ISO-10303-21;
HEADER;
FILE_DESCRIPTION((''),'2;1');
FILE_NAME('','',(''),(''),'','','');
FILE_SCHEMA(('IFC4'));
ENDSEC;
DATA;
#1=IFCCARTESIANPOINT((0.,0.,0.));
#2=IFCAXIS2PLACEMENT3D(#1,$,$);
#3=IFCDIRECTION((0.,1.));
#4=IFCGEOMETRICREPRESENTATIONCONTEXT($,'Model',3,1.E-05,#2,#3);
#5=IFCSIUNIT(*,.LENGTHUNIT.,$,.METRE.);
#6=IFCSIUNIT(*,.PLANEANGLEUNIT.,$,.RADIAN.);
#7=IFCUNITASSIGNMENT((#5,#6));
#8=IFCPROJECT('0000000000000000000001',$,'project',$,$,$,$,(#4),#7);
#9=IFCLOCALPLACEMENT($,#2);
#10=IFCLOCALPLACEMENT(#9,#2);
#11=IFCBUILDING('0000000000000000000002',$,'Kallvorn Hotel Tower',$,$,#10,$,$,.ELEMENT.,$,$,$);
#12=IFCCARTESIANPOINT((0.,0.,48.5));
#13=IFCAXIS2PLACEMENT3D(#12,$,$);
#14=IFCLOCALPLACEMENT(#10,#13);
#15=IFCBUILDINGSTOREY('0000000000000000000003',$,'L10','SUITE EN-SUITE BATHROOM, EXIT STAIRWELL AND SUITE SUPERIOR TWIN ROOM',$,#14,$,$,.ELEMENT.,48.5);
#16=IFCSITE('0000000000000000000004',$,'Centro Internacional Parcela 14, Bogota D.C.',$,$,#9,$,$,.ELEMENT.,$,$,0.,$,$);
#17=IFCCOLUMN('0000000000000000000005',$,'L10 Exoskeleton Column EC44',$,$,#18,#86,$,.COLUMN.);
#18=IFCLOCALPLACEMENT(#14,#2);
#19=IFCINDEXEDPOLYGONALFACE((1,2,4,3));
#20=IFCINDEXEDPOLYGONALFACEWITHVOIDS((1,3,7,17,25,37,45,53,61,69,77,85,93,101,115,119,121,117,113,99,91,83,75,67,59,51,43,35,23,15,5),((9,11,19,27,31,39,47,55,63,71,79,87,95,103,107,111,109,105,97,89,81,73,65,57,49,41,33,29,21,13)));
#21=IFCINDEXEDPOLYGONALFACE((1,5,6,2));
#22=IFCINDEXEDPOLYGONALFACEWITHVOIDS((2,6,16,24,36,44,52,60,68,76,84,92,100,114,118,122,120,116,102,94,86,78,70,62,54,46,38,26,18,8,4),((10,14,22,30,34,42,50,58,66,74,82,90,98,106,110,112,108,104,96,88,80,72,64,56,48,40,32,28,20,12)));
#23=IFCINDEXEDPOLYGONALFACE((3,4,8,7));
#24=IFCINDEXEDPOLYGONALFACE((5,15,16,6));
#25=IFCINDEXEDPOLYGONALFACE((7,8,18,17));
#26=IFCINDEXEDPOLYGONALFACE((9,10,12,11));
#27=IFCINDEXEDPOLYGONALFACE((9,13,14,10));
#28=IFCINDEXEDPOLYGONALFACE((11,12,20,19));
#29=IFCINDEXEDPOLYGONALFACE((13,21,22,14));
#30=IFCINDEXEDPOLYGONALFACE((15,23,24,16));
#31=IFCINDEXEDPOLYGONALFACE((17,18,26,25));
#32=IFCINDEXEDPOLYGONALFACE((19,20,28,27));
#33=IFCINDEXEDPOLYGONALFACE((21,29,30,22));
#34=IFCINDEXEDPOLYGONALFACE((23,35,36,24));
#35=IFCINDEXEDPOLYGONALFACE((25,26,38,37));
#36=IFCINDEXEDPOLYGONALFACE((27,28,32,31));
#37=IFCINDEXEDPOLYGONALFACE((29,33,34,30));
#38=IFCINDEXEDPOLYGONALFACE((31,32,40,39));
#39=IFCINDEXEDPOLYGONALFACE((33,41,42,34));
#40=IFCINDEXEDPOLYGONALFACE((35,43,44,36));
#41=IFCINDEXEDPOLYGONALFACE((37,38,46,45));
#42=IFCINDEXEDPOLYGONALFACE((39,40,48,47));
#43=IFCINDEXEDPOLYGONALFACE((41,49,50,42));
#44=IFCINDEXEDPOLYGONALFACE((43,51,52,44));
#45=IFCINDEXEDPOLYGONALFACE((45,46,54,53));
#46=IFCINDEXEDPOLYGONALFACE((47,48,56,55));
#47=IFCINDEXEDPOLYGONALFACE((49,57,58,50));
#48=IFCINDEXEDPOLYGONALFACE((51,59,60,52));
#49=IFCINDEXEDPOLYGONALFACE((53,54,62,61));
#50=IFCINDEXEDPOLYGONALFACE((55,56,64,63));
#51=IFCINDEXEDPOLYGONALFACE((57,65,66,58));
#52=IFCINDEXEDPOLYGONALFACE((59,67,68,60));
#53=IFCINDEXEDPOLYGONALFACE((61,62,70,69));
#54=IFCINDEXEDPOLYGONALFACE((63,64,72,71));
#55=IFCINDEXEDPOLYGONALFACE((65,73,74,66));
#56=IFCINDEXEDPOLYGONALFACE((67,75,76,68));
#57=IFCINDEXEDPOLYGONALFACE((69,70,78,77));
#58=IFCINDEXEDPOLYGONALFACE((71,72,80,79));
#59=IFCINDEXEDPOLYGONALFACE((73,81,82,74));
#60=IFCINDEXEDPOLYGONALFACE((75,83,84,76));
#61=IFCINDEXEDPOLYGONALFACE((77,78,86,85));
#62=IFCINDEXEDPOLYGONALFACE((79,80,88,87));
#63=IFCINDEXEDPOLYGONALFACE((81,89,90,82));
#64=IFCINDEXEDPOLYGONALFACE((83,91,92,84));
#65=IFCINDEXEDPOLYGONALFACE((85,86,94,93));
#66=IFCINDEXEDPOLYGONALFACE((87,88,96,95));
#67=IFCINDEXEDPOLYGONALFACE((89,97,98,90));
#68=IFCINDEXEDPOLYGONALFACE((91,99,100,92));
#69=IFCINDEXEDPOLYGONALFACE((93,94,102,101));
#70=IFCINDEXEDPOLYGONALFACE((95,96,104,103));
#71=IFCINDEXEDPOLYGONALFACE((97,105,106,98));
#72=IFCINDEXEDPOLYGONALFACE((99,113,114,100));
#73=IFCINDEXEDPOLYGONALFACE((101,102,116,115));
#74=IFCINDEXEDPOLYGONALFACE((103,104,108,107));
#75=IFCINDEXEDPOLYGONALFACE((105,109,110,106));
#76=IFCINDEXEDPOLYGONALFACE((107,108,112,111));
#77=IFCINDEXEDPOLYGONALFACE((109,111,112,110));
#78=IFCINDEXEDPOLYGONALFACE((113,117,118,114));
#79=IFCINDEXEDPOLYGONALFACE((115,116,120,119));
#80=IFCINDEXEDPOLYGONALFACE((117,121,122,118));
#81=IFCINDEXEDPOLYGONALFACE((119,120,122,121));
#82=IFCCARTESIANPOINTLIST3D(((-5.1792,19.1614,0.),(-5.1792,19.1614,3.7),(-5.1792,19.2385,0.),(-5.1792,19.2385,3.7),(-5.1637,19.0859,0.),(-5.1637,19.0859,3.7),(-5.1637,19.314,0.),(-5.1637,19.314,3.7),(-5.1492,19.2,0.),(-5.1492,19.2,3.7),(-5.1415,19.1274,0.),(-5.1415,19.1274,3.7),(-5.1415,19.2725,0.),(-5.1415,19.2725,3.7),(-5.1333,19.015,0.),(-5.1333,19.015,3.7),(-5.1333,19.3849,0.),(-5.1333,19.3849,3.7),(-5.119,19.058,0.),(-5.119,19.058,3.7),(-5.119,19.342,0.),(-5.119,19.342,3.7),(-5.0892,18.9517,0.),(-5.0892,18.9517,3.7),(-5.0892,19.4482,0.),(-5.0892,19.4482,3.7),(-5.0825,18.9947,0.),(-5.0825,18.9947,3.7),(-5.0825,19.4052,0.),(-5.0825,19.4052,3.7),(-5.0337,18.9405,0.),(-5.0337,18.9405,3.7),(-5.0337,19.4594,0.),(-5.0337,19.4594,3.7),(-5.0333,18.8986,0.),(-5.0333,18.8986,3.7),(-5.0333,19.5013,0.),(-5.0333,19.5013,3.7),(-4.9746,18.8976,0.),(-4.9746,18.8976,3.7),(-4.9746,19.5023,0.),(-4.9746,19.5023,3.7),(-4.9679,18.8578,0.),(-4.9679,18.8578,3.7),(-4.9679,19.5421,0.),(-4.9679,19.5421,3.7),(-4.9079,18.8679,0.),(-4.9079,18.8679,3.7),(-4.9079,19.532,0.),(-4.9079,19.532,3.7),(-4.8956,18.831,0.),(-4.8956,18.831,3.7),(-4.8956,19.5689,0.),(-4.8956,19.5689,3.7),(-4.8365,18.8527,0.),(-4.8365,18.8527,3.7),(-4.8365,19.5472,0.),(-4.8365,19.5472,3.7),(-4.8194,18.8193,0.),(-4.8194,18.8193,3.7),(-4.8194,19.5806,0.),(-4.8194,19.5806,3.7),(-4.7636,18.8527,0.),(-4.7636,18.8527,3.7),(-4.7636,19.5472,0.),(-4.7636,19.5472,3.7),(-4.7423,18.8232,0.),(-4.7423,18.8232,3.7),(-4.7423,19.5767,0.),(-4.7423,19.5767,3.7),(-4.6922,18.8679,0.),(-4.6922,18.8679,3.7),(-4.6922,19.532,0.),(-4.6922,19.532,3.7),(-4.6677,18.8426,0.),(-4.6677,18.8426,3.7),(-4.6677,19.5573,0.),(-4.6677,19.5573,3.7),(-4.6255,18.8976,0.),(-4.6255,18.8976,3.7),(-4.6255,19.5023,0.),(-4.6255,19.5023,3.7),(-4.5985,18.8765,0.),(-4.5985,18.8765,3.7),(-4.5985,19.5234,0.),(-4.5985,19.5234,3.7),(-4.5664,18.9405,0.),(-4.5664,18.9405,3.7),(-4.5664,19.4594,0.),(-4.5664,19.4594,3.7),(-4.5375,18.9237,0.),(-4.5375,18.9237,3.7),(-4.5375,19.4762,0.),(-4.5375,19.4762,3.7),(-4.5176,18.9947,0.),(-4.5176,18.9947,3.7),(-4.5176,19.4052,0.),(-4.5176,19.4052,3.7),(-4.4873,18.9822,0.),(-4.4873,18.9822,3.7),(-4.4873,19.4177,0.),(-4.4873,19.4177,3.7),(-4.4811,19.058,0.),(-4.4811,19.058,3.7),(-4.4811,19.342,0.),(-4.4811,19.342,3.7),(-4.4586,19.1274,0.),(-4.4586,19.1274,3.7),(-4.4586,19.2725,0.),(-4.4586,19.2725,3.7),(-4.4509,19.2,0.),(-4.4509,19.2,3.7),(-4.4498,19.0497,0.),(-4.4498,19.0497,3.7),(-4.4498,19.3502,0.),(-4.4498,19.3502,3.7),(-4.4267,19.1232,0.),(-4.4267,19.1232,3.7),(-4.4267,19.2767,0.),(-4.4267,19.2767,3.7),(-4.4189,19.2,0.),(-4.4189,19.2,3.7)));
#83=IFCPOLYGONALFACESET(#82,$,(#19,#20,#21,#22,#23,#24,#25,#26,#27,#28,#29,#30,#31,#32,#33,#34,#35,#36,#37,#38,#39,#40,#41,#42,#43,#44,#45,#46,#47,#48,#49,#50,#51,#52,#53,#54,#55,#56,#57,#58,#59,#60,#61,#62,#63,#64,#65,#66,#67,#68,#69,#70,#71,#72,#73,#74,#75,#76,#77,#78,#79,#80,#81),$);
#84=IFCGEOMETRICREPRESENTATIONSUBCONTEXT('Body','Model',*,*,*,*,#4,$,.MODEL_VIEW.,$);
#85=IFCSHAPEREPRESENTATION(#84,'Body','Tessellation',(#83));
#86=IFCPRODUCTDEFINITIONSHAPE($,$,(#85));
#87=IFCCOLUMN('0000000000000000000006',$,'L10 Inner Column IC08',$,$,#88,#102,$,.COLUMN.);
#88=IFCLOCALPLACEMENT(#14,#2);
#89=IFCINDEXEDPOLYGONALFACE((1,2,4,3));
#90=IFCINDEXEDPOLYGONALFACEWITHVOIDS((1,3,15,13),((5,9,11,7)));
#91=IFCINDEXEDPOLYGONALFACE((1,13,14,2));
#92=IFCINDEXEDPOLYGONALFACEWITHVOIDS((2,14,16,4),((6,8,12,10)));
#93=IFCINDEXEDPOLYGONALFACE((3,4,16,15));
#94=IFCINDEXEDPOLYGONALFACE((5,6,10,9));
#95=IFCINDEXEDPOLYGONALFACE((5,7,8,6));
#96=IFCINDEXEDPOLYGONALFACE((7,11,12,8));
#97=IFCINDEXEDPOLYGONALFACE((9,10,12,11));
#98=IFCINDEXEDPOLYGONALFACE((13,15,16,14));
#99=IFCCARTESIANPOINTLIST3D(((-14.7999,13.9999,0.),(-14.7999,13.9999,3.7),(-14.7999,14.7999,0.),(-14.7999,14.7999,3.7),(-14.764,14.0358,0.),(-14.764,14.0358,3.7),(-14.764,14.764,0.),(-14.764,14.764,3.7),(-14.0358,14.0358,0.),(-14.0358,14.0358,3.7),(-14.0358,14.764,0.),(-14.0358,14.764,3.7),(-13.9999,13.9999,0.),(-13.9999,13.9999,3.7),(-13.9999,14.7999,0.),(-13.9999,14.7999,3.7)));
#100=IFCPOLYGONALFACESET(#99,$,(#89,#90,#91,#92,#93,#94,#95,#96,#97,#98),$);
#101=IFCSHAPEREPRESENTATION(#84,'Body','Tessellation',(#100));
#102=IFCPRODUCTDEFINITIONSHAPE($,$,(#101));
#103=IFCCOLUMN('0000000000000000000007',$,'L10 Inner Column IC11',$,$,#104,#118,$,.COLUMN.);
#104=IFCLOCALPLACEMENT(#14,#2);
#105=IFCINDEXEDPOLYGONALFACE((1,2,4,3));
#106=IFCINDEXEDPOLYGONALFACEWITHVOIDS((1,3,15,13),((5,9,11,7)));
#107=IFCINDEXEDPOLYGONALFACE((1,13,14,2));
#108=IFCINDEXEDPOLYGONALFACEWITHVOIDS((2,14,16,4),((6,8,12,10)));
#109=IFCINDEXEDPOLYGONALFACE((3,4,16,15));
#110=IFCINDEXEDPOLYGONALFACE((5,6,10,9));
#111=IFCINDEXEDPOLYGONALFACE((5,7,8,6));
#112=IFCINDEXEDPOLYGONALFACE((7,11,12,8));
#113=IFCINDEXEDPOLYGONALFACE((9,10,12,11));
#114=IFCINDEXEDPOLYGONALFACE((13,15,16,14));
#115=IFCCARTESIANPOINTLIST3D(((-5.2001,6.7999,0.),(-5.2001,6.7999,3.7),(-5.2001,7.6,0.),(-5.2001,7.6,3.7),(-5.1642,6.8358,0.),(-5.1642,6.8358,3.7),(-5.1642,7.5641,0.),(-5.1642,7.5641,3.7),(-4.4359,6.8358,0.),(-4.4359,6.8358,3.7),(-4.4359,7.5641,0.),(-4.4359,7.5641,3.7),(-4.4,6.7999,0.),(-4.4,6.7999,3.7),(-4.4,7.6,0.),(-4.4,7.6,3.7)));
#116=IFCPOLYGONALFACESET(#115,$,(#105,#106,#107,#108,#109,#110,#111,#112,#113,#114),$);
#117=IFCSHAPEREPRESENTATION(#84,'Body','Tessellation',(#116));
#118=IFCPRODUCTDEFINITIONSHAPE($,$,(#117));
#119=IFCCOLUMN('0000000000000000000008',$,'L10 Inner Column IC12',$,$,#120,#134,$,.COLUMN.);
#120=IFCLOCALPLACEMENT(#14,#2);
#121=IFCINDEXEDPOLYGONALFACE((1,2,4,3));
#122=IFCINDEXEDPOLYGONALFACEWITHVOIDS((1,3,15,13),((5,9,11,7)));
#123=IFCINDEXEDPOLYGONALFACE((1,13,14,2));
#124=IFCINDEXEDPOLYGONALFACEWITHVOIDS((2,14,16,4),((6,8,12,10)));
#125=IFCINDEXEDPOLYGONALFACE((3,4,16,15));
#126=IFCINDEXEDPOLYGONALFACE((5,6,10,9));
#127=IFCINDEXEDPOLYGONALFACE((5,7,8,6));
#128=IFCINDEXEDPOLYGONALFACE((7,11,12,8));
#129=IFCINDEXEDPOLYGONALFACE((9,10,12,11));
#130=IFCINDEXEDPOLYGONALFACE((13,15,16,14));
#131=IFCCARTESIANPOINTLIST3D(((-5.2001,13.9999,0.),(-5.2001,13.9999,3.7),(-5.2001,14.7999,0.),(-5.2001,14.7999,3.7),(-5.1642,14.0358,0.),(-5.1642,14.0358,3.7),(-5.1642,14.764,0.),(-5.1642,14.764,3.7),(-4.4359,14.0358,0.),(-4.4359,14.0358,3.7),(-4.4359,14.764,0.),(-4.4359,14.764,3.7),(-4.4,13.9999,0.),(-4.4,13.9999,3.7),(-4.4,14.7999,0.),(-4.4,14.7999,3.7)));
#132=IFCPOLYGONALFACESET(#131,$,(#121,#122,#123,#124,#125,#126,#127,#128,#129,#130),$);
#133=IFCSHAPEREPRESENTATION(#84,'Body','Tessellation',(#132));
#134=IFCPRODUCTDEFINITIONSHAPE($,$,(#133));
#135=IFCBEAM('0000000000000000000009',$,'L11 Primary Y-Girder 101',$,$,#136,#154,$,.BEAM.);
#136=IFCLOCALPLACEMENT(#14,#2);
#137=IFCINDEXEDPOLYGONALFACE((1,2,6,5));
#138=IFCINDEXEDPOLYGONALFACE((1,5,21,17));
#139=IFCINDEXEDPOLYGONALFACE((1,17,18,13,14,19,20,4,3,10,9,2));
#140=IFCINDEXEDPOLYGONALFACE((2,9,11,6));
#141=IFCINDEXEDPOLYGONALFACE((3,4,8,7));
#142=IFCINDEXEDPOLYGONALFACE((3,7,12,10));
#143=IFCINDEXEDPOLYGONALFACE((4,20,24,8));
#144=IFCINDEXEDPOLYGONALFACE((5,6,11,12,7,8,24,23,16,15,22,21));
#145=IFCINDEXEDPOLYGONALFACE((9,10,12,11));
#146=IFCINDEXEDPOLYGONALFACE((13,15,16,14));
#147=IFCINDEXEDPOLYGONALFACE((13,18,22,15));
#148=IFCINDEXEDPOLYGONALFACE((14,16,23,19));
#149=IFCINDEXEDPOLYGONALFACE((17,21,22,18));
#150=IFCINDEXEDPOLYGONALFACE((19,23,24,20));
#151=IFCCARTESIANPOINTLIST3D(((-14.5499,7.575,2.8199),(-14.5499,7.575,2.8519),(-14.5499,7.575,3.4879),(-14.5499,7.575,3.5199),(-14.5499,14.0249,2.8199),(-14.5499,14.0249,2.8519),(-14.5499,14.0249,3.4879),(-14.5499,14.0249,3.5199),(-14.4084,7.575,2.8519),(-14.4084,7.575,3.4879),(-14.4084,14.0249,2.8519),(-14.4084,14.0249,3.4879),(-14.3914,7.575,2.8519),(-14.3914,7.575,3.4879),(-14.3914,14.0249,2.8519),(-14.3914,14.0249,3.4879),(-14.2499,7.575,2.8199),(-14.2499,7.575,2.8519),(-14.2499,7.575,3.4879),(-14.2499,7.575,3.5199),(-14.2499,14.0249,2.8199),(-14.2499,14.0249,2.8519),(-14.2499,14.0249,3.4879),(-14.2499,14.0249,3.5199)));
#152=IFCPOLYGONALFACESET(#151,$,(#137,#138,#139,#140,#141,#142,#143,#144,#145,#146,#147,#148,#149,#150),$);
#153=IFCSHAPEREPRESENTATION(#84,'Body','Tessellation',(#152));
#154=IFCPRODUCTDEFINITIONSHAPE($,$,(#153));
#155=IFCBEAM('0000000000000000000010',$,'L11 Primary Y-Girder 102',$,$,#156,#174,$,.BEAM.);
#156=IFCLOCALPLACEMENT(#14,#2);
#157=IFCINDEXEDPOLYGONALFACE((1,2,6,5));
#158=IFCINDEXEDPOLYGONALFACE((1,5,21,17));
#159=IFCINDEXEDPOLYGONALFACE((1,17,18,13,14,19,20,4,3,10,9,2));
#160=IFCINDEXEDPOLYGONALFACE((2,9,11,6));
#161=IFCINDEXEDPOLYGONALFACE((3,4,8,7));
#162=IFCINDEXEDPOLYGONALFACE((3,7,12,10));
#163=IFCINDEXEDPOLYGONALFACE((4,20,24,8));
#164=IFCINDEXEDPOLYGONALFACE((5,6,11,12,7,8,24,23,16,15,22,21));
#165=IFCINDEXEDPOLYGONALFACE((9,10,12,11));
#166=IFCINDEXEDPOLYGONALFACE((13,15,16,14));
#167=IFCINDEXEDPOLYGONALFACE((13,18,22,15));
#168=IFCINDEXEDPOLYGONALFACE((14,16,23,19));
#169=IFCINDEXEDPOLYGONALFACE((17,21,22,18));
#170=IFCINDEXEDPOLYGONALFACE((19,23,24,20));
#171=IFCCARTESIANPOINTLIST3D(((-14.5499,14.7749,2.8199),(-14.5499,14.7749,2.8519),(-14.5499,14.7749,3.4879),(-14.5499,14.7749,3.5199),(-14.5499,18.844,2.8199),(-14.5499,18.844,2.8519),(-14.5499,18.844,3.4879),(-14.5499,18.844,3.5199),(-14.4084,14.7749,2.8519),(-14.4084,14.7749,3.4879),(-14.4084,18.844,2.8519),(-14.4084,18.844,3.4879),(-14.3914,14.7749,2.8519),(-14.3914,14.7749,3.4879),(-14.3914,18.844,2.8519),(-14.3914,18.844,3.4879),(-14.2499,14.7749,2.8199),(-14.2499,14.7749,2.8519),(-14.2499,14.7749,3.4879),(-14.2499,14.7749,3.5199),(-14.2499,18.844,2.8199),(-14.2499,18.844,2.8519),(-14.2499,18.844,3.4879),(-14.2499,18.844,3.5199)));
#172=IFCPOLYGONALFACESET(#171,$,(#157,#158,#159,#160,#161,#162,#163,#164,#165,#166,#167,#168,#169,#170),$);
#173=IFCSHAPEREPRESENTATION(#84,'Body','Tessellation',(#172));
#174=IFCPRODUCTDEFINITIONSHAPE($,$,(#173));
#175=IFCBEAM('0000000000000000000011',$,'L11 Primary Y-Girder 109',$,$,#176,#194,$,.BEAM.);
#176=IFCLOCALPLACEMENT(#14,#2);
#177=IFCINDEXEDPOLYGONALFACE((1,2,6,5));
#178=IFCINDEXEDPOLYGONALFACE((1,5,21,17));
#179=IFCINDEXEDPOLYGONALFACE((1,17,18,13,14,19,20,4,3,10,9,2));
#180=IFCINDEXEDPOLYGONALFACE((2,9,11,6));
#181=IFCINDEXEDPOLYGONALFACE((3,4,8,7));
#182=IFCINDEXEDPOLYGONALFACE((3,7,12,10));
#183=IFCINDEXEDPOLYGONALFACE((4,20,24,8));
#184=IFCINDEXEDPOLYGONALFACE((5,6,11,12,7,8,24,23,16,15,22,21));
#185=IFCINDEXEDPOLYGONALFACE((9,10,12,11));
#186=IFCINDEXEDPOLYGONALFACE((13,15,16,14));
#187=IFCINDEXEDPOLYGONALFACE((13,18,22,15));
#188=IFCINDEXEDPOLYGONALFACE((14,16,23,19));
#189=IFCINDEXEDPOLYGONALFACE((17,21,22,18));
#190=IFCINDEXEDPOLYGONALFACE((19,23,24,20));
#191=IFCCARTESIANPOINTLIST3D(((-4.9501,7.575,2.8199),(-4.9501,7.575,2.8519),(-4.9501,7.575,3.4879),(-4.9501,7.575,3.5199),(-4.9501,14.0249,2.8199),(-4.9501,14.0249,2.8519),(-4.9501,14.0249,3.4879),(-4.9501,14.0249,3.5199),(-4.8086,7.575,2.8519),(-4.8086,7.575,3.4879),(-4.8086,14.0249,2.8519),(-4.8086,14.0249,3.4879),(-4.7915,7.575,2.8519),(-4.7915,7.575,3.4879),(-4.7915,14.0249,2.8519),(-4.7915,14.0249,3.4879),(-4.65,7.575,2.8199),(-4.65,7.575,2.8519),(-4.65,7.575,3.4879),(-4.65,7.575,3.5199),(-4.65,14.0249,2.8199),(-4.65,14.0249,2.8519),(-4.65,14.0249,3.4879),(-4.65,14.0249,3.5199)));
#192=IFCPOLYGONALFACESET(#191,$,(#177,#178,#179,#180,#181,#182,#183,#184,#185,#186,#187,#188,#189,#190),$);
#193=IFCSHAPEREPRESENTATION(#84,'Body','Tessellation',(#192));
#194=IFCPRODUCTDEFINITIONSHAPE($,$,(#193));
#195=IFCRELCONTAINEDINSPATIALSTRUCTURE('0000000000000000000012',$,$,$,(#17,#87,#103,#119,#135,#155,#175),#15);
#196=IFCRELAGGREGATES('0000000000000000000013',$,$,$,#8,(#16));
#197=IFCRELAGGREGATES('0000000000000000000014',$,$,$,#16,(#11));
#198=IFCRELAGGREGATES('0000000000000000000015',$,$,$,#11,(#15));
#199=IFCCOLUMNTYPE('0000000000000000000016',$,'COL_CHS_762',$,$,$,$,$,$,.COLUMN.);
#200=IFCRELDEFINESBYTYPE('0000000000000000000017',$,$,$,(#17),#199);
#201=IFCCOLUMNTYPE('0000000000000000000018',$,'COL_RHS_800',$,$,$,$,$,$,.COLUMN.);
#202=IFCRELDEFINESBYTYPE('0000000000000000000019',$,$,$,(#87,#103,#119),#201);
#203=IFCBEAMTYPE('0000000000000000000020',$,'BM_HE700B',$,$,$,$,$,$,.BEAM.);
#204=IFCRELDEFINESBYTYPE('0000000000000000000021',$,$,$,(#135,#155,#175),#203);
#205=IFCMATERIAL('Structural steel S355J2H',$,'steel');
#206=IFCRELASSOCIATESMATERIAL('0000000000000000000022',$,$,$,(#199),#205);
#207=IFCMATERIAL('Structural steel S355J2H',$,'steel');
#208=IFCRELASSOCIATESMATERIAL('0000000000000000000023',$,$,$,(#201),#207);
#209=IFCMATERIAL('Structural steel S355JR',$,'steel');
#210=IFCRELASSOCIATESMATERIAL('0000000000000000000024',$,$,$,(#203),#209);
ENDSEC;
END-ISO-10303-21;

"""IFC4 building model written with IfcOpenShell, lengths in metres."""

from ifc_helpers import new_model, si_unit, direction, frame, origin, origin_2d, place, context, subcontext, project, spatial, hollow_rectangle, hollow_circle, i_section, extrude, material, material_profile, profile_set, type_object, element, save


model = new_model("IFC4")

# Units and contexts
model_context = context("Model", 3, precision=1e-05, world=origin(), true_north=direction((0.0, 1.0)))
body_context = subcontext(model_context, "Body", "Model", "MODEL_VIEW")
ifc_project = project(units=[si_unit("LENGTHUNIT", "METRE"), si_unit("PLANEANGLEUNIT", "RADIAN")], contexts=[model_context])

# Site, building, storey
site_placement = place(None, origin())
site = spatial("IfcSite", under=ifc_project, at=site_placement, Name="Centro Internacional Parcela 14, Bogota D.C.", CompositionType="ELEMENT", RefElevation=0.0)
building_placement = place(site_placement, origin())
building = spatial("IfcBuilding", under=site, at=building_placement, Name="Kallvorn Hotel Tower", CompositionType="ELEMENT")
storey_placement = place(building_placement, frame((0.0, 0.0, 48.5)))
storey = spatial("IfcBuildingStorey", under=building, at=storey_placement, Name="L10", Description="SUITE EN-SUITE BATHROOM, EXIT STAIRWELL AND SUITE SUPERIOR TWIN ROOM", CompositionType="ELEMENT", Elevation=48.5)

# Columns
ifc_material_1 = material(Name="Structural steel S355J2H", Category="steel")
ifc_material_profile_1 = material_profile(ifc_material_1, hollow_circle(Radius=0.3811, WallThickness=0.032, at=origin_2d()), Name="CHS 762x32")
ifc_profile_set_1 = profile_set([ifc_material_profile_1], Name="Structural steel S355J2H")
column_type_1 = type_object("IfcColumnType", Name="COL_CHS_762", PredefinedType="COLUMN", material=ifc_profile_set_1)
for number, where, z_axis, x_axis, name in (
    (1, (-4.8, 19.2, 0.0), (0.0, 0.0, 1.0), (1.0, 0.0, 0.0), "L10 Exoskeleton Column EC44"),
):
    element("IfcColumn", number, at=place(storey_placement, frame(where, z_axis=z_axis, x_axis=x_axis)), inside=storey, type_object=column_type_1, Name=name, PredefinedType="COLUMN", context=body_context, shape_type="SweptSolid", body=[
        extrude(hollow_circle(Radius=0.3811, WallThickness=0.032, at=origin_2d()), origin(), (0.0, 0.0, 1.0), 3.7),
    ])
ifc_material_2 = material(Name="Structural steel S355J2H", Category="steel")
ifc_material_profile_2 = material_profile(ifc_material_2, hollow_rectangle(XDim=0.8, YDim=0.8, WallThickness=0.0359, at=origin_2d()), Name="RHS 800x800x36")
ifc_profile_set_2 = profile_set([ifc_material_profile_2], Name="Structural steel S355J2H")
column_type_2 = type_object("IfcColumnType", Name="COL_RHS_800", PredefinedType="COLUMN", material=ifc_profile_set_2)
for number, where, z_axis, x_axis, name in (
    (2, (-14.3999, 14.3999, 0.0), (0.0, 0.0, 1.0), (1.0, 0.0, 0.0), "L10 Inner Column IC08"),
    (3, (-4.8, 7.2, 0.0), (0.0, 0.0, 1.0), (1.0, 0.0, 0.0), "L10 Inner Column IC11"),
    (4, (-4.8, 14.3999, 0.0), (0.0, 0.0, 1.0), (1.0, 0.0, 0.0), "L10 Inner Column IC12"),
):
    element("IfcColumn", number, at=place(storey_placement, frame(where, z_axis=z_axis, x_axis=x_axis)), inside=storey, type_object=column_type_2, Name=name, PredefinedType="COLUMN", context=body_context, shape_type="SweptSolid", body=[
        extrude(hollow_rectangle(XDim=0.8, YDim=0.8, WallThickness=0.0359, at=origin_2d()), origin(), (0.0, 0.0, 1.0), 3.7),
    ])

# Beams
ifc_material_3 = material(Name="Structural steel S355JR", Category="steel")
ifc_material_profile_3 = material_profile(ifc_material_3, i_section(OverallWidth=0.3, OverallDepth=0.7, WebThickness=0.0171, FlangeThickness=0.032, at=origin_2d()), Name="HE 700 B")
ifc_profile_set_3 = profile_set([ifc_material_profile_3], Name="Structural steel S355JR")
beam_type_1 = type_object("IfcBeamType", Name="BM_HE700B", PredefinedType="BEAM", material=ifc_profile_set_3)
beam_1_placement = place(storey_placement, frame((-14.3999, 7.575, 3.1699), z_axis=(0.0, 1.0, 0.0), x_axis=(-1.0, 0.0, 0.0)))
element("IfcBeam", 5, at=beam_1_placement, inside=storey, type_object=beam_type_1, Name="L11 Primary Y-Girder 101", PredefinedType="BEAM", context=body_context, shape_type="SweptSolid", body=[
    extrude(i_section(OverallWidth=0.3, OverallDepth=0.7, WebThickness=0.0171, FlangeThickness=0.032, at=origin_2d()), origin(), (0.0, 0.0, 1.0), 6.45),
])
beam_2_placement = place(storey_placement, frame((-14.3999, 14.7749, 3.1699), z_axis=(0.0, 1.0, 0.0), x_axis=(-1.0, 0.0, 0.0)))
element("IfcBeam", 6, at=beam_2_placement, inside=storey, type_object=beam_type_1, Name="L11 Primary Y-Girder 102", PredefinedType="BEAM", context=body_context, shape_type="SweptSolid", body=[
    extrude(i_section(OverallWidth=0.3, OverallDepth=0.7, WebThickness=0.0171, FlangeThickness=0.032, at=origin_2d()), origin(), (0.0, 0.0, 1.0), 4.0691),
])
beam_3_placement = place(storey_placement, frame((-4.8, 7.575, 3.1699), z_axis=(0.0, 1.0, 0.0), x_axis=(-1.0, 0.0, 0.0)))
element("IfcBeam", 7, at=beam_3_placement, inside=storey, type_object=beam_type_1, Name="L11 Primary Y-Girder 109", PredefinedType="BEAM", context=body_context, shape_type="SweptSolid", body=[
    extrude(i_section(OverallWidth=0.3, OverallDepth=0.7, WebThickness=0.0171, FlangeThickness=0.032, at=origin_2d()), origin(), (0.0, 0.0, 1.0), 6.45),
])

save(model, "model.ifc")
